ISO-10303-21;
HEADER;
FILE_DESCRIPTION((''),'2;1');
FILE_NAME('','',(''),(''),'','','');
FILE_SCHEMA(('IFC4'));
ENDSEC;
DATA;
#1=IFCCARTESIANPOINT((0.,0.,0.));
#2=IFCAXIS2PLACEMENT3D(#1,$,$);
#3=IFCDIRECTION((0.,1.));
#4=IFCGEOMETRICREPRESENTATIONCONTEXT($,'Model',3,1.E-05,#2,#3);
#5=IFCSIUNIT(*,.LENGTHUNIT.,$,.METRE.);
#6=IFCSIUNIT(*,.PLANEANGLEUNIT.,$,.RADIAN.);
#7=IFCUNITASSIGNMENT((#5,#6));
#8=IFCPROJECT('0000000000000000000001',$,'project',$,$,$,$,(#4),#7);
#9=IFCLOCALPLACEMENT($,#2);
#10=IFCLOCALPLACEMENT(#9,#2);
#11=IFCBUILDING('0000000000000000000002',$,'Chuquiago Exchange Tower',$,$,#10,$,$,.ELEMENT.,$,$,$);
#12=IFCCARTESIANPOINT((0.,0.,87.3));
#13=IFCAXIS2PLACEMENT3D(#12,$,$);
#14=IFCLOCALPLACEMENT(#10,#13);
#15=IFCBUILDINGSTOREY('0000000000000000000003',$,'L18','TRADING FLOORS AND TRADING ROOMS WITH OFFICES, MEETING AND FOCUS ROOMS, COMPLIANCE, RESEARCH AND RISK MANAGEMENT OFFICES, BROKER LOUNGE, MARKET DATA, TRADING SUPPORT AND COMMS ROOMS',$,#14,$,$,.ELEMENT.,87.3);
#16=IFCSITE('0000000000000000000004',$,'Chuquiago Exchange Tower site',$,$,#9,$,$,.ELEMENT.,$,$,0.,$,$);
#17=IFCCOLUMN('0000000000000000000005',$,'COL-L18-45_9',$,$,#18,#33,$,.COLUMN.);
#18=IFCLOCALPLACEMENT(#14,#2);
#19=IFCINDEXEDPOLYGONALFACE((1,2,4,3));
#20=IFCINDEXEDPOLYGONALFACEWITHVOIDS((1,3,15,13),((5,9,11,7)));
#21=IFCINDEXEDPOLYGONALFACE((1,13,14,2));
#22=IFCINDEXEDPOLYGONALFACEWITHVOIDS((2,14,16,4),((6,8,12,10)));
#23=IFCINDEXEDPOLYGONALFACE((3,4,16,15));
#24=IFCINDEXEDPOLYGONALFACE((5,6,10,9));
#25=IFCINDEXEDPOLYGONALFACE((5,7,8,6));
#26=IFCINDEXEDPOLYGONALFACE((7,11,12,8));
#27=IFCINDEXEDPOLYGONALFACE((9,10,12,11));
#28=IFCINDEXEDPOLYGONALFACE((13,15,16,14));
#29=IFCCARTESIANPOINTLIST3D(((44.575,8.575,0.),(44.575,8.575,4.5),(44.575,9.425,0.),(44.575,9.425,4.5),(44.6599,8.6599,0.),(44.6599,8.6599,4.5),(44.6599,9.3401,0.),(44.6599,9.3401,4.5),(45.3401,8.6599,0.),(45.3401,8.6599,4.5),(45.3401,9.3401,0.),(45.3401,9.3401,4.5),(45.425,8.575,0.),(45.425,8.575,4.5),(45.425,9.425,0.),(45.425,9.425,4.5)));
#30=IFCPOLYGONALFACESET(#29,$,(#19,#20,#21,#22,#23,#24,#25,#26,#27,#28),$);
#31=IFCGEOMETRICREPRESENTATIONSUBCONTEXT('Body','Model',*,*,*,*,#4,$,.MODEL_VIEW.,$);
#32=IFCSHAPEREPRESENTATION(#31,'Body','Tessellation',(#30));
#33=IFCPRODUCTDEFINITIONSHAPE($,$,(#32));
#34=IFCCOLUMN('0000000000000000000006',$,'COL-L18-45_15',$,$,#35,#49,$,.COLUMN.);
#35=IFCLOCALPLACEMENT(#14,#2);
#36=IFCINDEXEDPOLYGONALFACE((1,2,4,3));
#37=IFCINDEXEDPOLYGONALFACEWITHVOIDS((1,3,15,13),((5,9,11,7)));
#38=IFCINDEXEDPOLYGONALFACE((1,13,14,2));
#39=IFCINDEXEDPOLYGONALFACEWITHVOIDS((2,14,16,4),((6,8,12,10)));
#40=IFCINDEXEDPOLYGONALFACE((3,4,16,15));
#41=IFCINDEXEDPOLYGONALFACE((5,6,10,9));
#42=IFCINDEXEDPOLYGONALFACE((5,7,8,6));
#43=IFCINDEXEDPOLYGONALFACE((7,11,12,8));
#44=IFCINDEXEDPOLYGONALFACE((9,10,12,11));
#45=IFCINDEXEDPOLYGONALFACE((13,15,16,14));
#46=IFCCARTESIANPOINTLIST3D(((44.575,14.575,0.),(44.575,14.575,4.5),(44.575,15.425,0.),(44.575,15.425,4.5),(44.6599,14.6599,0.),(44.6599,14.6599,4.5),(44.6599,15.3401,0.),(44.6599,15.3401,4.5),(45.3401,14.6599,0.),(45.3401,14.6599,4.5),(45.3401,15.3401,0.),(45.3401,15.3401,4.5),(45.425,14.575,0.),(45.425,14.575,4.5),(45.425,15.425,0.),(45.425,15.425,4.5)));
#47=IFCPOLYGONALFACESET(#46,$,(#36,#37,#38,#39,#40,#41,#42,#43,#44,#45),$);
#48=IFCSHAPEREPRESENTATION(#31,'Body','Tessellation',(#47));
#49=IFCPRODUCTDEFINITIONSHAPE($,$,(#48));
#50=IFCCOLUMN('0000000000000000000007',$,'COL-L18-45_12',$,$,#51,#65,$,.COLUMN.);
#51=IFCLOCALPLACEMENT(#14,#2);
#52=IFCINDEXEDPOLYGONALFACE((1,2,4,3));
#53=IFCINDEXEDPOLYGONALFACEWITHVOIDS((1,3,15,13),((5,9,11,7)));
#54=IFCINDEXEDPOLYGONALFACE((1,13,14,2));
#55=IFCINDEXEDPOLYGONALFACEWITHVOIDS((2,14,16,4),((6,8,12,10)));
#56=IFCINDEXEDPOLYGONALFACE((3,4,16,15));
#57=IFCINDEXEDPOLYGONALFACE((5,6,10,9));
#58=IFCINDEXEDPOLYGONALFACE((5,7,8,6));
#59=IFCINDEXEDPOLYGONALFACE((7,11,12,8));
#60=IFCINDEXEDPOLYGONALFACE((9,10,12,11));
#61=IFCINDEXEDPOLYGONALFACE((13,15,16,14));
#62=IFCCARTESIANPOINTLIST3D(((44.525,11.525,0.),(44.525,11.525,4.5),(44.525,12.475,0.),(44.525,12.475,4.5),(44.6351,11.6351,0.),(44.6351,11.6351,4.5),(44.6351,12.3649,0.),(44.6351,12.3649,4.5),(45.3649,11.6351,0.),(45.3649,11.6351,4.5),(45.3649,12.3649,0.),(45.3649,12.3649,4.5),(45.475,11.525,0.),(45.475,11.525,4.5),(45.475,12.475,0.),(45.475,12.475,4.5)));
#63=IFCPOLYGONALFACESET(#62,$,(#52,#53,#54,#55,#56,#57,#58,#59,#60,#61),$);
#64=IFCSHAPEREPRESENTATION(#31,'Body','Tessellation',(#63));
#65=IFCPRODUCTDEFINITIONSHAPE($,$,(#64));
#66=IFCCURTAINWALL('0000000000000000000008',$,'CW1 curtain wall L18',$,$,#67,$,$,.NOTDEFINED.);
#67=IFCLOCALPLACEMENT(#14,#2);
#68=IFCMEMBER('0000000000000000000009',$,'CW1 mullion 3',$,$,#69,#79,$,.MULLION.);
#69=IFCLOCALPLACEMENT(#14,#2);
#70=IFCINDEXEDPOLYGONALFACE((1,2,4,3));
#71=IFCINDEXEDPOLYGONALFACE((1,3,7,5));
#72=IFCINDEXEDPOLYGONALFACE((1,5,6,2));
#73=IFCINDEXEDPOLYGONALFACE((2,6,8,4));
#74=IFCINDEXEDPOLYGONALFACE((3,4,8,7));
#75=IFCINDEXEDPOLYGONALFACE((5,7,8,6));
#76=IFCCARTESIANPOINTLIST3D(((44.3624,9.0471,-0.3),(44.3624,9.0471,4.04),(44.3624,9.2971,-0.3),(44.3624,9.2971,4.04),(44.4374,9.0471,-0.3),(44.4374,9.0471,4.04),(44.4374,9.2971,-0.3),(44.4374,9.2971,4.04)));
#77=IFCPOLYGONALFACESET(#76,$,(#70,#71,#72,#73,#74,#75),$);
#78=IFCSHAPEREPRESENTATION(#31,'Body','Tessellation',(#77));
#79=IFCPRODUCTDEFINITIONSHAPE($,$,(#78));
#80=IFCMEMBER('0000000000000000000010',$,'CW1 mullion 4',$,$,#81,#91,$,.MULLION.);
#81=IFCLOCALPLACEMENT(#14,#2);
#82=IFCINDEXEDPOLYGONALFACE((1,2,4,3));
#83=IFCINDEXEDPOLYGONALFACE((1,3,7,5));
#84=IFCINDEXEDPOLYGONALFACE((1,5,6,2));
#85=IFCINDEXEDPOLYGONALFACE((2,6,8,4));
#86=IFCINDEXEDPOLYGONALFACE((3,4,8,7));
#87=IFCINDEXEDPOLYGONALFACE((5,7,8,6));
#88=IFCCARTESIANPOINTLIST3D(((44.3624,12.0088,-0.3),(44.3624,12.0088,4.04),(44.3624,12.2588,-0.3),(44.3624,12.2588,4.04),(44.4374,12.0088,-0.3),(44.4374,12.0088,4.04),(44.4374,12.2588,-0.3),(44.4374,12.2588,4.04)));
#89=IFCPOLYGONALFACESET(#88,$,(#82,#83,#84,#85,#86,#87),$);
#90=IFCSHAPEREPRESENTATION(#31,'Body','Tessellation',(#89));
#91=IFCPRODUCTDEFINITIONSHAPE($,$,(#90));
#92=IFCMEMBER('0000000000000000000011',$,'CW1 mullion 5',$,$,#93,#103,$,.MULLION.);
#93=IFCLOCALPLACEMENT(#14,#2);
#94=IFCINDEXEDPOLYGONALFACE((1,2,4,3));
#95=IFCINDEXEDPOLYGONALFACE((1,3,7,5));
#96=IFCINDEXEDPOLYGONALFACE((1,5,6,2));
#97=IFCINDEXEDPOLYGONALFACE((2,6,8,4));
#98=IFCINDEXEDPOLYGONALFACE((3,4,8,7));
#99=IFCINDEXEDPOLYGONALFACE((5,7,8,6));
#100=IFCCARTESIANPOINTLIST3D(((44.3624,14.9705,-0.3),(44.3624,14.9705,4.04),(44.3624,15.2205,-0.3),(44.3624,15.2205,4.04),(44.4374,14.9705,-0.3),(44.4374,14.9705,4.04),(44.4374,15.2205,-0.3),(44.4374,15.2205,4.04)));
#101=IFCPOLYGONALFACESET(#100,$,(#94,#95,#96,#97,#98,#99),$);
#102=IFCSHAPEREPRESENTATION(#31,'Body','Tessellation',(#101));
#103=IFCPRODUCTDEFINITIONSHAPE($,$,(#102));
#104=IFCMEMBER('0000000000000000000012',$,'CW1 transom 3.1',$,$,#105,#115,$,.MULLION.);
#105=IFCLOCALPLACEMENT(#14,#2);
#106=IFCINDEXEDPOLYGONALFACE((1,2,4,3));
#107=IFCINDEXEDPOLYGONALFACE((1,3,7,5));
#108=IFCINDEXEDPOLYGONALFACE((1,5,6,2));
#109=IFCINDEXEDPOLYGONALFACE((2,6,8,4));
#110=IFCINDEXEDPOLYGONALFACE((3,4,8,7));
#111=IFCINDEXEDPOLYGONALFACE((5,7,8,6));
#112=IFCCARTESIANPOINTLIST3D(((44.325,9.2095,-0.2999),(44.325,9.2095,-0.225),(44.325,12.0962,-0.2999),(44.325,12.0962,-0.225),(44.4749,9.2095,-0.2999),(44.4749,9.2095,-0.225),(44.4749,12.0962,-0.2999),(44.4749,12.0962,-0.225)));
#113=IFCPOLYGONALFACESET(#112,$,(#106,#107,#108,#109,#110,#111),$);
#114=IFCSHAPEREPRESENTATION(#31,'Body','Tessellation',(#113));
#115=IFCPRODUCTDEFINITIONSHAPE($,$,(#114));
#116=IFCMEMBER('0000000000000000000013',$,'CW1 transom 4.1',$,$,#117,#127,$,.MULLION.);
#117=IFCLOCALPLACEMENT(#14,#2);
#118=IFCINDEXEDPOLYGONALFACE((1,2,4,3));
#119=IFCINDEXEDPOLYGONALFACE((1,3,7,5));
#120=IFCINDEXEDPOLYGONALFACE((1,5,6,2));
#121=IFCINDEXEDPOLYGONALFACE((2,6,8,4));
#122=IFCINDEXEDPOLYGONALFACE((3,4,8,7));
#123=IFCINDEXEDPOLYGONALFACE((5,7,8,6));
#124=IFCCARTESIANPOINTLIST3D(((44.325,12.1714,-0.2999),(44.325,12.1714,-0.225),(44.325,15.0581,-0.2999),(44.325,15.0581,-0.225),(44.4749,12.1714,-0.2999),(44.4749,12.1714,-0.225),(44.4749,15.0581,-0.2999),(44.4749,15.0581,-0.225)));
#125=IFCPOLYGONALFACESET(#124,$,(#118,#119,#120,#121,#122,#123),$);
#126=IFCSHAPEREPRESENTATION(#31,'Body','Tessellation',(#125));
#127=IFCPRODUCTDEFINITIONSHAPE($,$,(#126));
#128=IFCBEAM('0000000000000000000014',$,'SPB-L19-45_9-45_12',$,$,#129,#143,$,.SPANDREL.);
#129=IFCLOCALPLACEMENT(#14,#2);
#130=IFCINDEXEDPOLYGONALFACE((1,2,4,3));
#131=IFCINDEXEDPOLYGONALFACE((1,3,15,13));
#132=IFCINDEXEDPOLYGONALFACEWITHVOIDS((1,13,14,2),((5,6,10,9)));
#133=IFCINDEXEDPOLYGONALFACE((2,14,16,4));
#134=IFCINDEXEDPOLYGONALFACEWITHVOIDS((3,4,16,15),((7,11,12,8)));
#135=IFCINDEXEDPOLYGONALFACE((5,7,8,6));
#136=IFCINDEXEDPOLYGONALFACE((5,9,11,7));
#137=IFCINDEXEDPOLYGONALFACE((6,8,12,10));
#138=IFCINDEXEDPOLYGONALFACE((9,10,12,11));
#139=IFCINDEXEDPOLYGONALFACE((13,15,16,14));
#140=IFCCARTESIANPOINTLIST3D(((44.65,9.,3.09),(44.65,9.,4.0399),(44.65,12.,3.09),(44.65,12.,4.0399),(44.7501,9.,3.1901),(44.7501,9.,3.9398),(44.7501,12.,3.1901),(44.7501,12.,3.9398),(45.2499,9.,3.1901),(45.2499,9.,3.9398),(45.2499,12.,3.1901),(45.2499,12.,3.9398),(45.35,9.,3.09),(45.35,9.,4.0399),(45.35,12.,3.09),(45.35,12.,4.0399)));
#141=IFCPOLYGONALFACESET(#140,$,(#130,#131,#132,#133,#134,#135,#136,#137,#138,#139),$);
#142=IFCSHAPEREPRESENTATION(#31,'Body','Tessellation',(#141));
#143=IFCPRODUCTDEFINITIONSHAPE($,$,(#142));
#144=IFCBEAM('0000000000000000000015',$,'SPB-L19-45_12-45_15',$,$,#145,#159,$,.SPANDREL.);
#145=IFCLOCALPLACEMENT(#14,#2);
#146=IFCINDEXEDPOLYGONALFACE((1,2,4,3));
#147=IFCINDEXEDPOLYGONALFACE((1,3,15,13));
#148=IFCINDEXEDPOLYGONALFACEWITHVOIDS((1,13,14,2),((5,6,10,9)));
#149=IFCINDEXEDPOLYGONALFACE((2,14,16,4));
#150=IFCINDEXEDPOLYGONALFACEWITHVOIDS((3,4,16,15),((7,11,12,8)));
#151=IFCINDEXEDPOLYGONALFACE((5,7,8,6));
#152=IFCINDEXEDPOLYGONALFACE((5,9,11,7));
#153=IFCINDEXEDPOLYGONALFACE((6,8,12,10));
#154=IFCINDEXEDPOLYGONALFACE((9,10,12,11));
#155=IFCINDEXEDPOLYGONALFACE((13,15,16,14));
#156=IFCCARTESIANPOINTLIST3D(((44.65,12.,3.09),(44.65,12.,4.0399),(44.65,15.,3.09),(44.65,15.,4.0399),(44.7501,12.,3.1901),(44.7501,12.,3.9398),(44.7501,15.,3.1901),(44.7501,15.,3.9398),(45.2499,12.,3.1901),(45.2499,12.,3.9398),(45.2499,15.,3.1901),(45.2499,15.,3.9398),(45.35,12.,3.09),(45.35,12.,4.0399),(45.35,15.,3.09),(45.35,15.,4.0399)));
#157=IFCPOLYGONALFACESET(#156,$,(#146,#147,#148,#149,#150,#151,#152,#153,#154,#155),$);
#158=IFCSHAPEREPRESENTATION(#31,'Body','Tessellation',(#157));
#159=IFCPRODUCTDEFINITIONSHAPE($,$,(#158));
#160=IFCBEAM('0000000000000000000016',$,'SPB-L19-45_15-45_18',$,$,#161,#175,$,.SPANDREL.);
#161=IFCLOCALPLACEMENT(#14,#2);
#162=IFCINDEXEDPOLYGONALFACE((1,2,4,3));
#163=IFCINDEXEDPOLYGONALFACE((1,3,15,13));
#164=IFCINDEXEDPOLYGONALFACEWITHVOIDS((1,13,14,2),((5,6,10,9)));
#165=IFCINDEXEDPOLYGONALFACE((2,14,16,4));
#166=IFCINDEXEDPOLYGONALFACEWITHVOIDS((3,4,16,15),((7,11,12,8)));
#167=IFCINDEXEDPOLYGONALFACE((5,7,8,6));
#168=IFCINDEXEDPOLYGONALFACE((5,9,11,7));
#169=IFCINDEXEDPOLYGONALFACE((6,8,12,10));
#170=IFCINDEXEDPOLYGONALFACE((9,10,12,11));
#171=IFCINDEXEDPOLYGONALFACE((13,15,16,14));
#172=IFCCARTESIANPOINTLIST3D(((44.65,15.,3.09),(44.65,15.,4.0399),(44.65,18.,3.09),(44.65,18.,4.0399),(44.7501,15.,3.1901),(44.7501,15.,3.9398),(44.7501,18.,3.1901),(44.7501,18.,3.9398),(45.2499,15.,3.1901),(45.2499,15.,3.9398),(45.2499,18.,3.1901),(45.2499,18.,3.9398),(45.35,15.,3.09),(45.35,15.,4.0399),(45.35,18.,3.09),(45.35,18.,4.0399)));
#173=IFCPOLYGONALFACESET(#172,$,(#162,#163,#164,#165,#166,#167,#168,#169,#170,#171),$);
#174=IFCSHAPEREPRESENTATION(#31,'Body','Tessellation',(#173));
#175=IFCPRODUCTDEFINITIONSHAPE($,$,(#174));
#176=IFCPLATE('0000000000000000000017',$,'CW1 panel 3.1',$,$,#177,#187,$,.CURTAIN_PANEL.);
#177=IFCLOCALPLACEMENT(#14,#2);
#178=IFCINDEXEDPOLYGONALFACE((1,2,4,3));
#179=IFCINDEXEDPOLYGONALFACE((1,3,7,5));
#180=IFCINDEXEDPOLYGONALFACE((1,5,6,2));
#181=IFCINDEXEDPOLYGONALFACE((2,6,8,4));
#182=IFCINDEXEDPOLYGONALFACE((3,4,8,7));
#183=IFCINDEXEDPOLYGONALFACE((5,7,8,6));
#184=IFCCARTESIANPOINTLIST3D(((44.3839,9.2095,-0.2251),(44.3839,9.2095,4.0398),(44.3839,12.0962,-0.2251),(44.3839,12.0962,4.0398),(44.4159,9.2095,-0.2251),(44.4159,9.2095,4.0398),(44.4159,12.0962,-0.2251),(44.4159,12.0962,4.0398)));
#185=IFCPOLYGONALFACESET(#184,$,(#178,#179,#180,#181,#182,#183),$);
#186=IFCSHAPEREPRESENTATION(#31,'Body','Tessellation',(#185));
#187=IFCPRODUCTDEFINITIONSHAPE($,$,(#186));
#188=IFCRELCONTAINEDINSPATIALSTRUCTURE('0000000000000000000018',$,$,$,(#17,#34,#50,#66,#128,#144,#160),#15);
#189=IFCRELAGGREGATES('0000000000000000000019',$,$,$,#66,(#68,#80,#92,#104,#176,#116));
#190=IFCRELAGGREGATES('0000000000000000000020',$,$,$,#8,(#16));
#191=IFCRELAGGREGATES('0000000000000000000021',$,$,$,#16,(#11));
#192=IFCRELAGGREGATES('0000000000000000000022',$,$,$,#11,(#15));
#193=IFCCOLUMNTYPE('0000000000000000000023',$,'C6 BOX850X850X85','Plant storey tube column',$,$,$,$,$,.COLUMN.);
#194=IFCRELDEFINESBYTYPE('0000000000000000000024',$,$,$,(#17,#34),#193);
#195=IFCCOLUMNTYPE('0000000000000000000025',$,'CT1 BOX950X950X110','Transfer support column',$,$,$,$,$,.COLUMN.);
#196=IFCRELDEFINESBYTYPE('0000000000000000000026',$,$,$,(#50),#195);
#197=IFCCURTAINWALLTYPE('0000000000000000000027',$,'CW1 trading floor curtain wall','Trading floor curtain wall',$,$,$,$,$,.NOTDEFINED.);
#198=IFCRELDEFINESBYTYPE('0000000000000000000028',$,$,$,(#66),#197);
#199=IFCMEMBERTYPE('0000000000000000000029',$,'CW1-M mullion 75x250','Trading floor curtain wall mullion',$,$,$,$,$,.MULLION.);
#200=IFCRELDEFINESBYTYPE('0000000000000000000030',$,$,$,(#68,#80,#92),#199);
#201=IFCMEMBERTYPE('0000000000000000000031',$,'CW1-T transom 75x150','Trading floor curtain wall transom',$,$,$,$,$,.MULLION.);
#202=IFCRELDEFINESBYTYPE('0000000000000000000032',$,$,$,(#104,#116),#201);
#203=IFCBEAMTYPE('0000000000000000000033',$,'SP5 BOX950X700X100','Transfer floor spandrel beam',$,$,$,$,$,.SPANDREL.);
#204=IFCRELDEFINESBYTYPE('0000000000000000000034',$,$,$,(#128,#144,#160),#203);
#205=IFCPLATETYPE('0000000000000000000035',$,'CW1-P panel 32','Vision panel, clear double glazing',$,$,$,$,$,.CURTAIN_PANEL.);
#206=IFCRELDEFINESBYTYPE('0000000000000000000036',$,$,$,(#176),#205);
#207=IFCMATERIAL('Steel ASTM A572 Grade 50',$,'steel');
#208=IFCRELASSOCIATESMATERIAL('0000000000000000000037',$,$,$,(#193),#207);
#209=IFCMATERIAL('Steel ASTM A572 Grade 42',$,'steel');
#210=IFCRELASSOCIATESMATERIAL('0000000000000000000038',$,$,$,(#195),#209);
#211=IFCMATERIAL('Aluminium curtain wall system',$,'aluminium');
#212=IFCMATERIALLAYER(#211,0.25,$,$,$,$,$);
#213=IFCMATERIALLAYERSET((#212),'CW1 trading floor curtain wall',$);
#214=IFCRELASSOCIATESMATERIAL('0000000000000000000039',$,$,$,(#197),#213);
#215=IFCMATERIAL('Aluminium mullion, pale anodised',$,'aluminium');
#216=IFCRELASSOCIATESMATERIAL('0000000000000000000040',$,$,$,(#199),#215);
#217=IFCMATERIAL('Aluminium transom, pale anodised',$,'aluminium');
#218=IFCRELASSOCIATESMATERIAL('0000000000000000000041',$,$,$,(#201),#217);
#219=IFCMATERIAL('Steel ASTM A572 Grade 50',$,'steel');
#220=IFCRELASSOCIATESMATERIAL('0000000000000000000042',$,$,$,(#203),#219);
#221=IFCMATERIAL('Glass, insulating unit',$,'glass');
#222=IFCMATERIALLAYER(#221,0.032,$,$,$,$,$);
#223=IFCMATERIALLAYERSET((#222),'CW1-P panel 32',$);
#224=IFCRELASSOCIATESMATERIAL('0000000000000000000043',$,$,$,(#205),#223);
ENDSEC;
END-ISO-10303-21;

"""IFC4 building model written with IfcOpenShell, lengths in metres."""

from ifc_helpers import new_model, si_unit, direction, frame, origin, origin_2d, place, context, subcontext, project, spatial, rectangle, hollow_rectangle, extrude, material, layer, layer_set, material_profile, profile_set, type_object, element, aggregate, save


model = new_model("IFC4")

# Units and contexts
model_context = context("Model", 3, precision=1e-05, world=origin(), true_north=direction((0.0, 1.0)))
body_context = subcontext(model_context, "Body", "Model", "MODEL_VIEW")
ifc_project = project(units=[si_unit("LENGTHUNIT", "METRE"), si_unit("PLANEANGLEUNIT", "RADIAN")], contexts=[model_context])

# Site, building, storey
site_placement = place(None, origin())
site = spatial("IfcSite", under=ifc_project, at=site_placement, Name="Chuquiago Exchange Tower site", CompositionType="ELEMENT", RefElevation=0.0)
building_placement = place(site_placement, origin())
building = spatial("IfcBuilding", under=site, at=building_placement, Name="Chuquiago Exchange Tower", CompositionType="ELEMENT")
storey_placement = place(building_placement, frame((0.0, 0.0, 87.3)))
storey = spatial("IfcBuildingStorey", under=building, at=storey_placement, Name="L18", Description="TRADING FLOORS AND TRADING ROOMS WITH OFFICES, MEETING AND FOCUS ROOMS, COMPLIANCE, RESEARCH AND RISK MANAGEMENT OFFICES, BROKER LOUNGE, MARKET DATA, TRADING SUPPORT AND COMMS ROOMS", CompositionType="ELEMENT", Elevation=87.3)

# Columns
ifc_material_1 = material(Name="Steel ASTM A572 Grade 50", Category="steel")
ifc_material_profile_1 = material_profile(ifc_material_1, hollow_rectangle(XDim=0.8501, YDim=0.8501, WallThickness=0.085, at=origin_2d()), Name="BOX850X850X85")
ifc_profile_set_1 = profile_set([ifc_material_profile_1], Name="Steel ASTM A572 Grade 50")
column_type_1 = type_object("IfcColumnType", Name="C6 BOX850X850X85", Description="Plant storey tube column", PredefinedType="COLUMN", material=ifc_profile_set_1)
for number, where, z_axis, x_axis, name in (
    (1, (45.0, 9.0, 0.0), (0.0, 0.0, 1.0), (1.0, 0.0, 0.0), "COL-L18-45_9"),
    (2, (45.0, 15.0, 0.0), (0.0, 0.0, 1.0), (1.0, 0.0, 0.0), "COL-L18-45_15"),
):
    element("IfcColumn", number, at=place(storey_placement, frame(where, z_axis=z_axis, x_axis=x_axis)), inside=storey, type_object=column_type_1, Name=name, PredefinedType="COLUMN", context=body_context, shape_type="SweptSolid", body=[
        extrude(hollow_rectangle(XDim=0.8501, YDim=0.8501, WallThickness=0.085, at=origin_2d()), origin(), (0.0, 0.0, 1.0), 4.5),
    ])
ifc_material_2 = material(Name="Steel ASTM A572 Grade 42", Category="steel")
ifc_material_profile_2 = material_profile(ifc_material_2, hollow_rectangle(XDim=0.95, YDim=0.95, WallThickness=0.1101, at=origin_2d()), Name="BOX950X950X110")
ifc_profile_set_2 = profile_set([ifc_material_profile_2], Name="Steel ASTM A572 Grade 42")
column_type_2 = type_object("IfcColumnType", Name="CT1 BOX950X950X110", Description="Transfer support column", PredefinedType="COLUMN", material=ifc_profile_set_2)
column_placement = place(storey_placement, frame((45.0, 12.0, 0.0), z_axis=(0.0, 0.0, 1.0), x_axis=(1.0, 0.0, 0.0)))
element("IfcColumn", 3, at=column_placement, inside=storey, type_object=column_type_2, Name="COL-L18-45_12", PredefinedType="COLUMN", context=body_context, shape_type="SweptSolid", body=[
    extrude(hollow_rectangle(XDim=0.95, YDim=0.95, WallThickness=0.1101, at=origin_2d()), origin(), (0.0, 0.0, 1.0), 4.5),
])

# Curtain wall, members
ifc_material_3 = material(Name="Aluminium curtain wall system", Category="aluminium")
ifc_layer_1 = layer(ifc_material_3, 0.25)
ifc_layer_set_1 = layer_set([ifc_layer_1], Name="CW1 trading floor curtain wall")
curtain_wall_type = type_object("IfcCurtainWallType", Name="CW1 trading floor curtain wall", Description="Trading floor curtain wall", PredefinedType="NOTDEFINED", material=ifc_layer_set_1)
curtain_wall_placement = place(storey_placement, origin())
curtain_wall = element("IfcCurtainWall", 4, at=curtain_wall_placement, inside=storey, type_object=curtain_wall_type, Name="CW1 curtain wall L18", PredefinedType="NOTDEFINED")
ifc_material_4 = material(Name="Aluminium mullion, pale anodised", Category="aluminium")
ifc_material_profile_3 = material_profile(ifc_material_4, rectangle(XDim=0.075, YDim=0.25, at=origin_2d()), Name="AL 75x250")
ifc_profile_set_3 = profile_set([ifc_material_profile_3], Name="Aluminium mullion, pale anodised")
member_type_1 = type_object("IfcMemberType", Name="CW1-M mullion 75x250", Description="Trading floor curtain wall mullion", PredefinedType="MULLION", material=ifc_profile_set_3)
member_1_placement = place(storey_placement, frame((44.3999, 9.1721, -0.3), z_axis=(0.0, 0.0, 1.0), x_axis=(-1.0, 0.0, 0.0)))
member_1 = element("IfcMember", 5, at=member_1_placement, type_object=member_type_1, Name="CW1 mullion 3", PredefinedType="MULLION", context=body_context, shape_type="SweptSolid", body=[
    extrude(rectangle(XDim=0.075, YDim=0.25, at=origin_2d()), origin(), (0.0, 0.0, 1.0), 4.3401),
])
member_2_placement = place(storey_placement, frame((44.3999, 12.1338, -0.3), z_axis=(0.0, 0.0, 1.0), x_axis=(-1.0, 0.0, 0.0)))
member_2 = element("IfcMember", 6, at=member_2_placement, type_object=member_type_1, Name="CW1 mullion 4", PredefinedType="MULLION", context=body_context, shape_type="SweptSolid", body=[
    extrude(rectangle(XDim=0.075, YDim=0.25, at=origin_2d()), origin(), (0.0, 0.0, 1.0), 4.3401),
])
member_3_placement = place(storey_placement, frame((44.3999, 15.0955, -0.3), z_axis=(0.0, 0.0, 1.0), x_axis=(-1.0, 0.0, 0.0)))
member_3 = element("IfcMember", 7, at=member_3_placement, type_object=member_type_1, Name="CW1 mullion 5", PredefinedType="MULLION", context=body_context, shape_type="SweptSolid", body=[
    extrude(rectangle(XDim=0.075, YDim=0.25, at=origin_2d()), origin(), (0.0, 0.0, 1.0), 4.3401),
])
ifc_material_5 = material(Name="Aluminium transom, pale anodised", Category="aluminium")
ifc_material_profile_4 = material_profile(ifc_material_5, rectangle(XDim=0.1499, YDim=0.075, at=origin_2d()), Name="AL 150x75")
ifc_profile_set_4 = profile_set([ifc_material_profile_4], Name="Aluminium transom, pale anodised")
member_type_2 = type_object("IfcMemberType", Name="CW1-T transom 75x150", Description="Trading floor curtain wall transom", PredefinedType="MULLION", material=ifc_profile_set_4)
member_4_placement = place(storey_placement, frame((44.3999, 9.2095, -0.2625), z_axis=(0.0, 1.0, 0.0), x_axis=(-1.0, 0.0, 0.0)))
member_4 = element("IfcMember", 8, at=member_4_placement, type_object=member_type_2, Name="CW1 transom 3.1", PredefinedType="MULLION", context=body_context, shape_type="SweptSolid", body=[
    extrude(rectangle(XDim=0.1499, YDim=0.075, at=origin_2d()), origin(), (0.0, 0.0, 1.0), 2.8867),
])
member_5_placement = place(storey_placement, frame((44.3999, 12.1714, -0.2625), z_axis=(0.0, 1.0, 0.0), x_axis=(-1.0, 0.0, 0.0)))
member_5 = element("IfcMember", 9, at=member_5_placement, type_object=member_type_2, Name="CW1 transom 4.1", PredefinedType="MULLION", context=body_context, shape_type="SweptSolid", body=[
    extrude(rectangle(XDim=0.1499, YDim=0.075, at=origin_2d()), origin(), (0.0, 0.0, 1.0), 2.8867),
])

# Beams
ifc_material_6 = material(Name="Steel ASTM A572 Grade 50", Category="steel")
ifc_material_profile_5 = material_profile(ifc_material_6, hollow_rectangle(XDim=0.7, YDim=0.95, WallThickness=0.1001, at=origin_2d()), Name="BOX950X700X100")
ifc_profile_set_5 = profile_set([ifc_material_profile_5], Name="Steel ASTM A572 Grade 50")
beam_type = type_object("IfcBeamType", Name="SP5 BOX950X700X100", Description="Transfer floor spandrel beam", PredefinedType="SPANDREL", material=ifc_profile_set_5)
for number, where, z_axis, x_axis, name in (
    (10, (45.0, 9.0, 3.5649), (0.0, 1.0, 0.0), (-1.0, 0.0, 0.0), "SPB-L19-45_9-45_12"),
    (11, (45.0, 12.0, 3.5649), (0.0, 1.0, 0.0), (-1.0, 0.0, 0.0), "SPB-L19-45_12-45_15"),
    (12, (45.0, 15.0, 3.5649), (0.0, 1.0, 0.0), (-1.0, 0.0, 0.0), "SPB-L19-45_15-45_18"),
):
    element("IfcBeam", number, at=place(storey_placement, frame(where, z_axis=z_axis, x_axis=x_axis)), inside=storey, type_object=beam_type, Name=name, PredefinedType="SPANDREL", context=body_context, shape_type="SweptSolid", body=[
        extrude(hollow_rectangle(XDim=0.7, YDim=0.95, WallThickness=0.1001, at=origin_2d()), origin(), (0.0, 0.0, 1.0), 3.0),
    ])

# Plate
ifc_material_7 = material(Name="Glass, insulating unit", Category="glass")
ifc_layer_2 = layer(ifc_material_7, 0.032)
ifc_layer_set_2 = layer_set([ifc_layer_2], Name="CW1-P panel 32")
plate_type = type_object("IfcPlateType", Name="CW1-P panel 32", Description="Vision panel, clear double glazing", PredefinedType="CURTAIN_PANEL", material=ifc_layer_set_2)
plate_1_placement = place(storey_placement, frame((44.3999, 10.6528, -0.2251), z_axis=(0.0, 0.0, 1.0), x_axis=(0.0, 1.0, 0.0)))
plate_1 = element("IfcPlate", 13, at=plate_1_placement, type_object=plate_type, Name="CW1 panel 3.1", PredefinedType="CURTAIN_PANEL", context=body_context, shape_type="SweptSolid", body=[
    extrude(rectangle(XDim=2.8867, YDim=0.032, at=origin_2d()), origin(), (0.0, 0.0, 1.0), 4.2649),
])
aggregate(curtain_wall, [member_1, member_2, member_3, member_4, plate_1, member_5])

save(model, "model.ifc")
